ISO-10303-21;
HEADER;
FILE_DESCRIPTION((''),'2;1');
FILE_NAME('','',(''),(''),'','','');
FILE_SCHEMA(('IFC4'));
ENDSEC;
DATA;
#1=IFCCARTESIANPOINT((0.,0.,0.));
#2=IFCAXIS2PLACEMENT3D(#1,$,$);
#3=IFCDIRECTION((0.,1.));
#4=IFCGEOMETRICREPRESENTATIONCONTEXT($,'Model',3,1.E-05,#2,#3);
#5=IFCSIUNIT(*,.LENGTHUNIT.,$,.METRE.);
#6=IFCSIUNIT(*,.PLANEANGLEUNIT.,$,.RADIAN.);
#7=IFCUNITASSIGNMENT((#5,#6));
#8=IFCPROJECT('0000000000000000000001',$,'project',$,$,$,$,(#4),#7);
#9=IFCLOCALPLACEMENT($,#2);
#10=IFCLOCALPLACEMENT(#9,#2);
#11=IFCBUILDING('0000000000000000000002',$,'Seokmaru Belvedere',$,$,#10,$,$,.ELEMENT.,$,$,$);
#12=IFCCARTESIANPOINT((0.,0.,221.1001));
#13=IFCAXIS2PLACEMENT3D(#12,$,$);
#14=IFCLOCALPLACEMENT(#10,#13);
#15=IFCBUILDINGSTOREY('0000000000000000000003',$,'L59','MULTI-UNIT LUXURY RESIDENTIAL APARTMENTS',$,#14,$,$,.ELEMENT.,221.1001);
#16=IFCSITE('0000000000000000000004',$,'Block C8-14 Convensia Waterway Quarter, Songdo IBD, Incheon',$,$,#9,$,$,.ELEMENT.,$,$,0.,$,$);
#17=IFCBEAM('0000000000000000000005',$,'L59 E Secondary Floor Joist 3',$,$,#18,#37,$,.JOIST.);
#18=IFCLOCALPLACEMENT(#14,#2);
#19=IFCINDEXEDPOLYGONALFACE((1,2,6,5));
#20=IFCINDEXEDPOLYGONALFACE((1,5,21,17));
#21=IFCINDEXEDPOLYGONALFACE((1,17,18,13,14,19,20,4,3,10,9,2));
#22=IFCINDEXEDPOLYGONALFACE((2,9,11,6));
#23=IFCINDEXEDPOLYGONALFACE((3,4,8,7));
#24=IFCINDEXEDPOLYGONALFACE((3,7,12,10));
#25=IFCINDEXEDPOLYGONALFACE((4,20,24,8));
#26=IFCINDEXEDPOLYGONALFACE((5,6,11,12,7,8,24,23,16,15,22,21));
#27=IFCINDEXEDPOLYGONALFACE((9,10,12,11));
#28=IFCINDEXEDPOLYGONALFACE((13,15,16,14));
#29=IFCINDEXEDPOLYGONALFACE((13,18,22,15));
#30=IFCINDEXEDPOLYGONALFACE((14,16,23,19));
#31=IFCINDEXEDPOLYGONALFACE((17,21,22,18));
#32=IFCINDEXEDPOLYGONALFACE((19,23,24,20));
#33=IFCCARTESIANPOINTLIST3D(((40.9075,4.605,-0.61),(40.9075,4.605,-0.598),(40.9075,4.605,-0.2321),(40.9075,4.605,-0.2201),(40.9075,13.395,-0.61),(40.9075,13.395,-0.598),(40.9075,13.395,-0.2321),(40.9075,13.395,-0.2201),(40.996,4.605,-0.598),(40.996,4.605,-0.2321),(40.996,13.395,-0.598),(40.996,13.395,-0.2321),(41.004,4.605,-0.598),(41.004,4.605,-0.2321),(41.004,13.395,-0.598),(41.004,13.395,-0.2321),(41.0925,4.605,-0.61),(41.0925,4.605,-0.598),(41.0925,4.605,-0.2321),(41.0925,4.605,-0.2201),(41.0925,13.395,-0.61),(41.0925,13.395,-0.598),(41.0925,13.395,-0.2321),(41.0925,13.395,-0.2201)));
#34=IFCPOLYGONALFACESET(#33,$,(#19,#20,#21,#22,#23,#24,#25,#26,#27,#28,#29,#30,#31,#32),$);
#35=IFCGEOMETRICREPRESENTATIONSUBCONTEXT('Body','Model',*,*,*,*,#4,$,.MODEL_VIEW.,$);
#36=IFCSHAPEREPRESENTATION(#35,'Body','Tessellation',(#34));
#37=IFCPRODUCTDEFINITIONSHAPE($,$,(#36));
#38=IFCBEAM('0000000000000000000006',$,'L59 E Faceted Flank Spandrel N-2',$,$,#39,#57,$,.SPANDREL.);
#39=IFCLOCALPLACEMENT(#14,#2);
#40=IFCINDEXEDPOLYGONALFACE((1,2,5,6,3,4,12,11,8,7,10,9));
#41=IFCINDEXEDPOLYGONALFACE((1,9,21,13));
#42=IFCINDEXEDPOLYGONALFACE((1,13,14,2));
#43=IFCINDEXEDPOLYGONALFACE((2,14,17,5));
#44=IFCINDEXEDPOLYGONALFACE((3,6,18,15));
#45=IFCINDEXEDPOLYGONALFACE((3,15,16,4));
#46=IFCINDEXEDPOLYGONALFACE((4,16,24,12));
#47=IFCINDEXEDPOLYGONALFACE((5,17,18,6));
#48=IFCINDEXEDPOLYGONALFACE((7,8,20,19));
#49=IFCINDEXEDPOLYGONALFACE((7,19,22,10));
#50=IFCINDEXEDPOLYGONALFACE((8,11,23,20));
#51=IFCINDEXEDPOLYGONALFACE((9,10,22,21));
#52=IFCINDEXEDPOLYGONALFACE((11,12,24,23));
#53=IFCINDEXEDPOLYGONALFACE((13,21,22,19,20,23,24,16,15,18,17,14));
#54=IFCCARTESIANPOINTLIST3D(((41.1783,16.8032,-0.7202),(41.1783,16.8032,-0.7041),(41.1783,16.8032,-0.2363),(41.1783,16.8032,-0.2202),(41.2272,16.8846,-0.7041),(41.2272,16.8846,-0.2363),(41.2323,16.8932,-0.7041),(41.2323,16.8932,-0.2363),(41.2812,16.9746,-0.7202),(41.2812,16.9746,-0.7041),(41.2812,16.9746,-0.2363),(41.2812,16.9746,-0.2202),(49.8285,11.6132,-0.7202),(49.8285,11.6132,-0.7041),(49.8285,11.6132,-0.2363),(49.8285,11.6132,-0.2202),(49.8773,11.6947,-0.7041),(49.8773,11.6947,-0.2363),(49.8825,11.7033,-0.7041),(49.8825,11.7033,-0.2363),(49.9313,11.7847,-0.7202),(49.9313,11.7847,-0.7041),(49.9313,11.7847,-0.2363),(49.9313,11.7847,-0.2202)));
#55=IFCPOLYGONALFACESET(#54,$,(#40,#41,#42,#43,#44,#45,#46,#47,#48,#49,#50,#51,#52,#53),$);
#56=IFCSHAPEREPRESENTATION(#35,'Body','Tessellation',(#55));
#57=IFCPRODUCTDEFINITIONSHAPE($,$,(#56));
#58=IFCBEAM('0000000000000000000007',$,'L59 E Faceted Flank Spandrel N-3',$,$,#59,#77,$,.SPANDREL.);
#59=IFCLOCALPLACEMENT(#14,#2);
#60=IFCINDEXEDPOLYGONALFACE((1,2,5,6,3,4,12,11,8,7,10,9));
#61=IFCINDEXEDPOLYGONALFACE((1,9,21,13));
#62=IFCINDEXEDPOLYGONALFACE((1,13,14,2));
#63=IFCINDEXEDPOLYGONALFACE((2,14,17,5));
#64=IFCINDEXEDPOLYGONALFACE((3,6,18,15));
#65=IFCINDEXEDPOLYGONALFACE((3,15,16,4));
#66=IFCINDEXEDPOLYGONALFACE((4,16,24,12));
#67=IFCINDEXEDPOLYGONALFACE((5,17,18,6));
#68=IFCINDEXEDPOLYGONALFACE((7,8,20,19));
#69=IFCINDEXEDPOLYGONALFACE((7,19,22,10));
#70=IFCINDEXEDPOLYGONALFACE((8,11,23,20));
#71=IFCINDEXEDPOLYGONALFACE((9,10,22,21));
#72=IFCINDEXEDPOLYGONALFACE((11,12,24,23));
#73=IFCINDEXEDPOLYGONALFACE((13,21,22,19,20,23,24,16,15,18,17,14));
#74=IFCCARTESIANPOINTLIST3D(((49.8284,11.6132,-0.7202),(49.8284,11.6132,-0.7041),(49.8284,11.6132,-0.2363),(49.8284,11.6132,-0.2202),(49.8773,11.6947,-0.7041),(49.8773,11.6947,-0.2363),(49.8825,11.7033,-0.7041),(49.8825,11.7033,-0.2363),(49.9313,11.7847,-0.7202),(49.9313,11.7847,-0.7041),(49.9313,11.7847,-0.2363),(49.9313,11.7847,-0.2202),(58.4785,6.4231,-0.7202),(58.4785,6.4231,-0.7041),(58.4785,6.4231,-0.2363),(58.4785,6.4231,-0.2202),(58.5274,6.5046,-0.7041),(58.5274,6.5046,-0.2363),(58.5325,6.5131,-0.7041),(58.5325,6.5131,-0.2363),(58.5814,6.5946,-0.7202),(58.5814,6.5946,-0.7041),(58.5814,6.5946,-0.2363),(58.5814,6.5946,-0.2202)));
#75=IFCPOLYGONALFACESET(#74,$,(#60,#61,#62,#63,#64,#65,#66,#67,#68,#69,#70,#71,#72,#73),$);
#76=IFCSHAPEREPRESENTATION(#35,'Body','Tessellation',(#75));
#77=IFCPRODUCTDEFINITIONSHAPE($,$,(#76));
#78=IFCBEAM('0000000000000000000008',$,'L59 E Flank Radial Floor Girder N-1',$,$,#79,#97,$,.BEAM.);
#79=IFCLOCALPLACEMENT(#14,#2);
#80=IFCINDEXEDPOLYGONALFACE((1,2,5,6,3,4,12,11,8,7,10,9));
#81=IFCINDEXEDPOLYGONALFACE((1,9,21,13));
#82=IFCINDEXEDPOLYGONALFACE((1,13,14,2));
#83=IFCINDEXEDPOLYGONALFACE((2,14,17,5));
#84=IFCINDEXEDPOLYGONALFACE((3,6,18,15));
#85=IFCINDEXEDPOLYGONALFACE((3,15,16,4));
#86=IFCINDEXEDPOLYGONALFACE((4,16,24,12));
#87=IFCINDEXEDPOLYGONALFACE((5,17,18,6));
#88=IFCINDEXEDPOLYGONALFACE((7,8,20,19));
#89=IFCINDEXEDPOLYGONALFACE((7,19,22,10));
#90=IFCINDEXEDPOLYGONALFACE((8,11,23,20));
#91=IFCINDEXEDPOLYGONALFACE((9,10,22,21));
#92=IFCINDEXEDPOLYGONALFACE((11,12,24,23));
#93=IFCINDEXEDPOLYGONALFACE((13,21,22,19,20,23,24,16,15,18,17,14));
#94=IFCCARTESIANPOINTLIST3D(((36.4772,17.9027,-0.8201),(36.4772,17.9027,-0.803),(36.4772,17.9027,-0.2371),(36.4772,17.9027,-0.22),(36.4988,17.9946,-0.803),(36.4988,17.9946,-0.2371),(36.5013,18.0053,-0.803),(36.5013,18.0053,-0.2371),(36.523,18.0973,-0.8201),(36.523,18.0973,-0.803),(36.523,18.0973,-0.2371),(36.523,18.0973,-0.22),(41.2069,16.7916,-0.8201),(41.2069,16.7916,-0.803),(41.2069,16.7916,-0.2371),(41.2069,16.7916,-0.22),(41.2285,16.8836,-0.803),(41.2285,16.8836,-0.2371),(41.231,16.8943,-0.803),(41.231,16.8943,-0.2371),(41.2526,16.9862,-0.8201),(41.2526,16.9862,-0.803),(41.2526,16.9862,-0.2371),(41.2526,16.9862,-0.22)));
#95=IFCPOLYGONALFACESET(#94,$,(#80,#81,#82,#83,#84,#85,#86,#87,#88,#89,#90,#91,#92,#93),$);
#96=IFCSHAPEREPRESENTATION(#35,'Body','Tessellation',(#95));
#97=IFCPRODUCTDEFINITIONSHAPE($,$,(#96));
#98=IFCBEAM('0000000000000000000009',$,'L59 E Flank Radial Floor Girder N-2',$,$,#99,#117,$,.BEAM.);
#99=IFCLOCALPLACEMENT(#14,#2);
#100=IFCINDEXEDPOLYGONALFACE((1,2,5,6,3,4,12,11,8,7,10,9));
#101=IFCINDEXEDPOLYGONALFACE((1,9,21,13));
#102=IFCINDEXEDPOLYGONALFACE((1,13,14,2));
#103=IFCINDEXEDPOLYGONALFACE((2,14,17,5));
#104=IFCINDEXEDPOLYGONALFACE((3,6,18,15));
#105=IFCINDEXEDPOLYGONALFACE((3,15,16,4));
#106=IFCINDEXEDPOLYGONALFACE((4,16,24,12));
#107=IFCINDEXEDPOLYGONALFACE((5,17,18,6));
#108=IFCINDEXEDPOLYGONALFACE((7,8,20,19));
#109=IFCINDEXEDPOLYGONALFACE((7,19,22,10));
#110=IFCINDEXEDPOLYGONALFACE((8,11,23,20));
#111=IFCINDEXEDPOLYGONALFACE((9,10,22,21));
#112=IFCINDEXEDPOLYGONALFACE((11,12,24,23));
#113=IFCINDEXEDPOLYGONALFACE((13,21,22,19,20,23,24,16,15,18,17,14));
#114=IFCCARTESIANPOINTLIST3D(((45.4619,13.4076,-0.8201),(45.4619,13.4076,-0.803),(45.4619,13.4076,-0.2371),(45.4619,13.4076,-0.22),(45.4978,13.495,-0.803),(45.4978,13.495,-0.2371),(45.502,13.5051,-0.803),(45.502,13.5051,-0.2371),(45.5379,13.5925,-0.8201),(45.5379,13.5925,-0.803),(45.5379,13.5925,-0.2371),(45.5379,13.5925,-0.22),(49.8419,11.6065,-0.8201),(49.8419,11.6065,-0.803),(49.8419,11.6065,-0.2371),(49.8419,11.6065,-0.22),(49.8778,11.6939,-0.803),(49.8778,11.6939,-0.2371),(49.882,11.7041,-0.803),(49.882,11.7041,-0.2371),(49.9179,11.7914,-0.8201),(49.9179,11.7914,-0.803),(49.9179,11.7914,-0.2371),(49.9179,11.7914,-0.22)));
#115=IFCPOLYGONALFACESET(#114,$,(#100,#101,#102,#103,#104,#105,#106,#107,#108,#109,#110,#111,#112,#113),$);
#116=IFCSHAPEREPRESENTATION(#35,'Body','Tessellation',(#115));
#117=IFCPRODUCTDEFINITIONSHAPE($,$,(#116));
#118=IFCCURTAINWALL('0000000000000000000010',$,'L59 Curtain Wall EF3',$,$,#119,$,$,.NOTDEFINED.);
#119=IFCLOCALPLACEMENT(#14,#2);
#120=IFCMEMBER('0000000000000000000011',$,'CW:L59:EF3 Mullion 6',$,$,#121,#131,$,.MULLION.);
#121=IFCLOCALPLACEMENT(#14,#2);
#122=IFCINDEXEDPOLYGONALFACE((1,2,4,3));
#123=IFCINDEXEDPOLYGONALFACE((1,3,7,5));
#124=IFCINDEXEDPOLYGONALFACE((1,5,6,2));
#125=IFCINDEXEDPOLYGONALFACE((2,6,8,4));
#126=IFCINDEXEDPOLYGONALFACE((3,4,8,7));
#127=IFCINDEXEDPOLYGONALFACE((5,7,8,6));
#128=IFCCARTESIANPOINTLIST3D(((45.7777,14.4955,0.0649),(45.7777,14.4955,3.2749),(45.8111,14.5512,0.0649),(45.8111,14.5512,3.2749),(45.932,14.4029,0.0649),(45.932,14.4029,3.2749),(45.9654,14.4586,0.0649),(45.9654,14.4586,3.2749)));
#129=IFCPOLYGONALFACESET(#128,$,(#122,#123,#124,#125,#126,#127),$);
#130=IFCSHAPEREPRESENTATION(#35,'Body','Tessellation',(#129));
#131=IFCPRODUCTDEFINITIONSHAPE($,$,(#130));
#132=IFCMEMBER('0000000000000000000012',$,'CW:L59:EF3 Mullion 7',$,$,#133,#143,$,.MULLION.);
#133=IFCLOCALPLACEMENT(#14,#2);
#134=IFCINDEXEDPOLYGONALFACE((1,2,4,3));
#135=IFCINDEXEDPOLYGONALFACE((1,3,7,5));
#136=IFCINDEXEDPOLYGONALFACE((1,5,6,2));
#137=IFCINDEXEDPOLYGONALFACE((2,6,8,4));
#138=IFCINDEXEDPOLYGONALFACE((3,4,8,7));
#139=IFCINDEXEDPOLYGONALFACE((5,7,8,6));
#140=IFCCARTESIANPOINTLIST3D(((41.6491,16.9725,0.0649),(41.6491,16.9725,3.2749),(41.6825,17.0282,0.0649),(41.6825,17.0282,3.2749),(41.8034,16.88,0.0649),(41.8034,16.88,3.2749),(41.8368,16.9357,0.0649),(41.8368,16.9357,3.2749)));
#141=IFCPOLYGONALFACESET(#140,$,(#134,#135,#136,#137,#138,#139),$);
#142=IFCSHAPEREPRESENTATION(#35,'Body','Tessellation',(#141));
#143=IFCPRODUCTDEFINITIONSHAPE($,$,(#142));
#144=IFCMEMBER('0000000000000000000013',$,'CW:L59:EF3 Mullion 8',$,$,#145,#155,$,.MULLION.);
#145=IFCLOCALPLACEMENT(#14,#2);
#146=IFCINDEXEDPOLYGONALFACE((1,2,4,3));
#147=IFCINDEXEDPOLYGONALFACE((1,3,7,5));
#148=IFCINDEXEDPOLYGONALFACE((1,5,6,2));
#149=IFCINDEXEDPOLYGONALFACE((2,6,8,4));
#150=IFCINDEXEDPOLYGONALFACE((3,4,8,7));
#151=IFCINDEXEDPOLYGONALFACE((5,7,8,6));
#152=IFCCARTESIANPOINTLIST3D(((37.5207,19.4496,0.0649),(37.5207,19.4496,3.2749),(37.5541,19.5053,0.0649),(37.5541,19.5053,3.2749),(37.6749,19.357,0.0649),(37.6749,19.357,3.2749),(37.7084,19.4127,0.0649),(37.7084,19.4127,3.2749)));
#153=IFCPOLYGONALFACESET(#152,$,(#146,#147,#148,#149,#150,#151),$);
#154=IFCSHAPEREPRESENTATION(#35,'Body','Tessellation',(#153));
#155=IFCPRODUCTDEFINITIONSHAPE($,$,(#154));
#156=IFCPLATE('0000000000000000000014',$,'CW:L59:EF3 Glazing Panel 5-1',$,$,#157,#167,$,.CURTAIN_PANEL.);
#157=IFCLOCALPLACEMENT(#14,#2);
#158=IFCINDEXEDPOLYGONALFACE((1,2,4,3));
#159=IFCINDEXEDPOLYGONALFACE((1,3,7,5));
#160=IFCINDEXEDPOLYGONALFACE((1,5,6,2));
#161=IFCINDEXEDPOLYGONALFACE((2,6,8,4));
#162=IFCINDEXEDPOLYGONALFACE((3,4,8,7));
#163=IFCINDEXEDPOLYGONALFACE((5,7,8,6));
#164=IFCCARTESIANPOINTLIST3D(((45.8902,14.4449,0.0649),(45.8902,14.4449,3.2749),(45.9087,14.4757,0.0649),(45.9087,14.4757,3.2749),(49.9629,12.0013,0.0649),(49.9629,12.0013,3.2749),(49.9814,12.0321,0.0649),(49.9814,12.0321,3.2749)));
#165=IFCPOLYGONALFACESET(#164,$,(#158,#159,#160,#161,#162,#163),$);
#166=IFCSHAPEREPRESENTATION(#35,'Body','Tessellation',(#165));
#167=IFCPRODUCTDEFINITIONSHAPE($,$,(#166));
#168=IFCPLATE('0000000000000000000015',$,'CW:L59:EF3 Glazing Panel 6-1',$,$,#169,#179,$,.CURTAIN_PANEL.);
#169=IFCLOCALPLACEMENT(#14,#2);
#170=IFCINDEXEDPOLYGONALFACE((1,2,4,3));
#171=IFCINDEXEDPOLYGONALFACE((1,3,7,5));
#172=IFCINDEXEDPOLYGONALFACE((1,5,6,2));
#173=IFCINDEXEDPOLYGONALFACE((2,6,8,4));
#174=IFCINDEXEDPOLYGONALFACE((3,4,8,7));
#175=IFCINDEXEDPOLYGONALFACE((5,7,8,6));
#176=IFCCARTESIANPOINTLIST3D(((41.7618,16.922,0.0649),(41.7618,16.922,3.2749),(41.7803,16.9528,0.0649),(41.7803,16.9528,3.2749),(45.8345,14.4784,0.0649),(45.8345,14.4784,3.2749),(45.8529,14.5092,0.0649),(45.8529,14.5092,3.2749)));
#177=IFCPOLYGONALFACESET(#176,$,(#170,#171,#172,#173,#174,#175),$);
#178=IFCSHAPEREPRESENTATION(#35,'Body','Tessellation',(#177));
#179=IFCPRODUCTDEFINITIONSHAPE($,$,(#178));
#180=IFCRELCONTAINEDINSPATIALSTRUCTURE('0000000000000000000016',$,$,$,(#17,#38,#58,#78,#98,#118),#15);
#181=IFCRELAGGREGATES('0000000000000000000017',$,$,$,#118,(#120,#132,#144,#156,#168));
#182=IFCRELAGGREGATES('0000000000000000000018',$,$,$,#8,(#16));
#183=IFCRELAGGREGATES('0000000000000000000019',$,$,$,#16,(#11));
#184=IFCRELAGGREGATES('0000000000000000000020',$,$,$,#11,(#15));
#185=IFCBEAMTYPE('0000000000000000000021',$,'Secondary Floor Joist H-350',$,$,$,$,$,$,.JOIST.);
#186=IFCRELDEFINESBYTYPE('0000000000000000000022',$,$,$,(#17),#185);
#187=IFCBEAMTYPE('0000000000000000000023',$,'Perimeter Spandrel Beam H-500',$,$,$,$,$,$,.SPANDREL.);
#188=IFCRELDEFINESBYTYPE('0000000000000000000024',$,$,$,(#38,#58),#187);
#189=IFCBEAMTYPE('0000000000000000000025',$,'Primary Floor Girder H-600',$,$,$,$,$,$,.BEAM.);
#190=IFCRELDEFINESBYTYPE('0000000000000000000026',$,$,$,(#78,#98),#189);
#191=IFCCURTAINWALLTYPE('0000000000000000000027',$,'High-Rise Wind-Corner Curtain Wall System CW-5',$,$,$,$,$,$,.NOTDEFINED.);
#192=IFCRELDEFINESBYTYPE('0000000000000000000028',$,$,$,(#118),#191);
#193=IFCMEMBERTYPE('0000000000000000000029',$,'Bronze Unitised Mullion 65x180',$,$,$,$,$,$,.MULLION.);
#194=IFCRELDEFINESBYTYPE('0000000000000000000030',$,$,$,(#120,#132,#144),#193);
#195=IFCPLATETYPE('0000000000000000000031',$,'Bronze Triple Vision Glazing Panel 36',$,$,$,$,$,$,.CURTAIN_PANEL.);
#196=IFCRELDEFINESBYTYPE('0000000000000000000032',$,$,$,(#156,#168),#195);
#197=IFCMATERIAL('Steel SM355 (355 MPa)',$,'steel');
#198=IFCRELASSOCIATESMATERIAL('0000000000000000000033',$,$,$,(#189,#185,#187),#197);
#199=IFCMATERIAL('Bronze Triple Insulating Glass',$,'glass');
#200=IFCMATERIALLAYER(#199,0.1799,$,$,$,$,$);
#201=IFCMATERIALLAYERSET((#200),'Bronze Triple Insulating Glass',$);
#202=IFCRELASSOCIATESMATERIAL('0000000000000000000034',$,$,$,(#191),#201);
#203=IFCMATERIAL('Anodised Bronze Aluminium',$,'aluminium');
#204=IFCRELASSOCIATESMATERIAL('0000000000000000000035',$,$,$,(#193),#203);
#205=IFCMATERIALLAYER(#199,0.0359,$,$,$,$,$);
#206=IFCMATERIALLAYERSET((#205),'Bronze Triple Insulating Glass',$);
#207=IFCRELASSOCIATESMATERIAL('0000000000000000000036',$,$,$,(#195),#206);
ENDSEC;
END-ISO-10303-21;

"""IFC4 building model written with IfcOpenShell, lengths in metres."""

from ifc_helpers import new_model, si_unit, direction, frame, origin, origin_2d, place, context, subcontext, project, spatial, rectangle, i_section, extrude, source, transform, mapped, material, layer, layer_set, material_profile, profile_set, type_object, type_shapes, element, aggregate, save


model = new_model("IFC4")

# Units and contexts
model_context = context("Model", 3, precision=1e-05, world=origin(), true_north=direction((0.0, 1.0)))
body_context = subcontext(model_context, "Body", "Model", "MODEL_VIEW")
ifc_project = project(units=[si_unit("LENGTHUNIT", "METRE"), si_unit("PLANEANGLEUNIT", "RADIAN")], contexts=[model_context])

# Site, building, storey
site_placement = place(None, origin())
site = spatial("IfcSite", under=ifc_project, at=site_placement, Name="Block C8-14 Convensia Waterway Quarter, Songdo IBD, Incheon", CompositionType="ELEMENT", RefElevation=0.0)
building_placement = place(site_placement, origin())
building = spatial("IfcBuilding", under=site, at=building_placement, Name="Seokmaru Belvedere", CompositionType="ELEMENT")
storey_placement = place(building_placement, frame((0.0, 0.0, 221.1001)))
storey = spatial("IfcBuildingStorey", under=building, at=storey_placement, Name="L59", Description="MULTI-UNIT LUXURY RESIDENTIAL APARTMENTS", CompositionType="ELEMENT", Elevation=221.1001)

# Shared definitions
ifc_material_1 = material(Name="Steel SM355 (355 MPa)", Category="steel")

# Beams
ifc_material_profile_1 = material_profile(ifc_material_1, i_section(OverallWidth=0.2, OverallDepth=0.6001, WebThickness=0.011, FlangeThickness=0.0171, at=origin_2d()), Name="H-600x200x11x17")
ifc_profile_set_1 = profile_set([ifc_material_profile_1], Name="Steel SM355 (355 MPa)")
beam_type_1 = type_object("IfcBeamType", Name="Primary Floor Girder H-600", PredefinedType="BEAM", material=ifc_profile_set_1)
ifc_material_profile_2 = material_profile(ifc_material_1, i_section(OverallWidth=0.1851, OverallDepth=0.3899, WebThickness=0.0081, FlangeThickness=0.012, at=origin_2d()), Name="H-390x185x8x12")
ifc_profile_set_2 = profile_set([ifc_material_profile_2], Name="Steel SM355 (355 MPa)")
beam_type_2 = type_object("IfcBeamType", Name="Secondary Floor Joist H-350", PredefinedType="JOIST", material=ifc_profile_set_2)
shared_shape_1 = source(origin(), body_context, "Body", "SweptSolid", [
    extrude(i_section(OverallWidth=0.1851, OverallDepth=0.3899, WebThickness=0.0081, FlangeThickness=0.012, at=origin_2d()), origin(), (0.0, 0.0, 1.0), 8.79),
])
type_shapes(beam_type_2, [shared_shape_1])
for number, where, z_axis, x_axis, name in (
    (1, (41.0, 4.605, -0.415), (0.0, 1.0, 0.0), (-1.0, 0.0, 0.0), "L59 E Secondary Floor Joist 3"),
):
    element("IfcBeam", number, at=place(storey_placement, frame(where, z_axis=z_axis, x_axis=x_axis)), inside=storey, type_object=beam_type_2, Name=name, PredefinedType="JOIST", context=body_context, shape_type="MappedRepresentation", body=[
        mapped(shared_shape_1, transform((0.0, 0.0, 0.0), scale=1.0)),
    ])
ifc_material_profile_3 = material_profile(ifc_material_1, i_section(OverallWidth=0.2, OverallDepth=0.5, WebThickness=0.01, FlangeThickness=0.0161, at=origin_2d()), Name="H-500x200x10x16")
ifc_profile_set_3 = profile_set([ifc_material_profile_3], Name="Steel SM355 (355 MPa)")
beam_type_3 = type_object("IfcBeamType", Name="Perimeter Spandrel Beam H-500", PredefinedType="SPANDREL", material=ifc_profile_set_3)
shared_shape_2 = source(origin(), body_context, "Body", "SweptSolid", [
    extrude(i_section(OverallWidth=0.2, OverallDepth=0.5, WebThickness=0.01, FlangeThickness=0.0161, at=origin_2d()), origin(), (0.0, 0.0, 1.0), 10.0876),
])
type_shapes(beam_type_3, [shared_shape_2])
for number, where, z_axis, x_axis, name in (
    (2, (41.2297, 16.8889, -0.4702), (0.857499, -0.514485, 0.0), (0.514485, 0.857499, 0.0), "L59 E Faceted Flank Spandrel N-2"),
    (3, (49.8799, 11.699, -0.4702), (0.857489, -0.514503, 0.0), (0.514503, 0.857489, 0.0), "L59 E Faceted Flank Spandrel N-3"),
):
    element("IfcBeam", number, at=place(storey_placement, frame(where, z_axis=z_axis, x_axis=x_axis)), inside=storey, type_object=beam_type_3, Name=name, PredefinedType="SPANDREL", context=body_context, shape_type="MappedRepresentation", body=[
        mapped(shared_shape_2, transform((0.0, 0.0, 0.0), scale=1.0)),
    ])
shared_shape_3 = source(origin(), body_context, "Body", "SweptSolid", [
    extrude(i_section(OverallWidth=0.2, OverallDepth=0.6001, WebThickness=0.011, FlangeThickness=0.0171, at=origin_2d()), origin(), (0.0, 0.0, 1.0), 4.8584),
])
beam_1_placement = place(storey_placement, frame((41.2297, 16.8889, -0.52), z_axis=(-0.973499, 0.228689, 0.0), x_axis=(-0.228689, -0.973499, 0.0)))
element("IfcBeam", 4, at=beam_1_placement, inside=storey, type_object=beam_type_1, Name="L59 E Flank Radial Floor Girder N-1", PredefinedType="BEAM", context=body_context, shape_type="MappedRepresentation", body=[
    mapped(shared_shape_3, transform((0.0, 0.0, 0.0), scale=1.0)),
])
shared_shape_4 = source(origin(), body_context, "Body", "SweptSolid", [
    extrude(i_section(OverallWidth=0.2, OverallDepth=0.6001, WebThickness=0.011, FlangeThickness=0.0171, at=origin_2d()), origin(), (0.0, 0.0, 1.0), 4.7358),
])
beam_2_placement = place(storey_placement, frame((49.8799, 11.699, -0.52), z_axis=(-0.924861, 0.380306, 0.0), x_axis=(-0.380306, -0.924861, 0.0)))
element("IfcBeam", 5, at=beam_2_placement, inside=storey, type_object=beam_type_1, Name="L59 E Flank Radial Floor Girder N-2", PredefinedType="BEAM", context=body_context, shape_type="MappedRepresentation", body=[
    mapped(shared_shape_4, transform((0.0, 0.0, 0.0), scale=1.0)),
])

# Curtain wall, members, plates
ifc_material_2 = material(Name="Bronze Triple Insulating Glass", Category="glass")
ifc_layer_1 = layer(ifc_material_2, 0.1799)
ifc_layer_set_1 = layer_set([ifc_layer_1], Name="Bronze Triple Insulating Glass")
curtain_wall_type = type_object("IfcCurtainWallType", Name="High-Rise Wind-Corner Curtain Wall System CW-5", PredefinedType="NOTDEFINED", material=ifc_layer_set_1)
curtain_wall_placement = place(storey_placement, origin())
curtain_wall = element("IfcCurtainWall", 6, at=curtain_wall_placement, inside=storey, type_object=curtain_wall_type, Name="L59 Curtain Wall EF3", PredefinedType="NOTDEFINED")
ifc_material_3 = material(Name="Anodised Bronze Aluminium", Category="aluminium")
ifc_material_profile_4 = material_profile(ifc_material_3, rectangle(XDim=0.0649, YDim=0.1799, at=origin_2d()), Name="CW-M-65x180")
ifc_profile_set_4 = profile_set([ifc_material_profile_4], Name="Anodised Bronze Aluminium")
member_type = type_object("IfcMemberType", Name="Bronze Unitised Mullion 65x180", PredefinedType="MULLION", material=ifc_profile_set_4)
shared_shape_5 = source(origin(), body_context, "Body", "SweptSolid", [
    extrude(rectangle(XDim=0.0649, YDim=0.1799, at=origin_2d()), origin(), (0.0, 0.0, 1.0), 3.21),
])
type_shapes(member_type, [shared_shape_5])
member_1_placement = place(storey_placement, frame((45.8716, 14.4771, 0.0649), z_axis=(0.0, 0.0, 1.0), x_axis=(-0.514495, -0.857493, 0.0)))
member_1 = element("IfcMember", 7, at=member_1_placement, type_object=member_type, Name="CW:L59:EF3 Mullion 6", PredefinedType="MULLION", context=body_context, shape_type="MappedRepresentation", body=[
    mapped(shared_shape_5, transform((0.0, 0.0, 0.0), scale=1.0)),
])
member_2_placement = place(storey_placement, frame((41.7429, 16.9541, 0.0649), z_axis=(0.0, 0.0, 1.0), x_axis=(-0.514495, -0.857493, 0.0)))
member_2 = element("IfcMember", 8, at=member_2_placement, type_object=member_type, Name="CW:L59:EF3 Mullion 7", PredefinedType="MULLION", context=body_context, shape_type="MappedRepresentation", body=[
    mapped(shared_shape_5, transform((0.0, 0.0, 0.0), scale=1.0)),
])
member_3_placement = place(storey_placement, frame((37.6145, 19.4312, 0.0649), z_axis=(0.0, 0.0, 1.0), x_axis=(-0.514495, -0.857493, 0.0)))
member_3 = element("IfcMember", 9, at=member_3_placement, type_object=member_type, Name="CW:L59:EF3 Mullion 8", PredefinedType="MULLION", context=body_context, shape_type="MappedRepresentation", body=[
    mapped(shared_shape_5, transform((0.0, 0.0, 0.0), scale=1.0)),
])
ifc_layer_2 = layer(ifc_material_2, 0.0359)
ifc_layer_set_2 = layer_set([ifc_layer_2], Name="Bronze Triple Insulating Glass")
plate_type = type_object("IfcPlateType", Name="Bronze Triple Vision Glazing Panel 36", PredefinedType="CURTAIN_PANEL", material=ifc_layer_set_2)
shared_shape_6 = source(origin(), body_context, "Body", "SweptSolid", [
    extrude(rectangle(XDim=4.7495, YDim=0.0359, at=origin_2d()), origin(), (0.0, 0.0, 1.0), 3.21),
])
type_shapes(plate_type, [shared_shape_6])
plate_1_placement = place(storey_placement, frame((47.9358, 13.2385, 0.0649), z_axis=(0.0, 0.0, 1.0), x_axis=(-0.857493, 0.514495, 0.0)))
plate_1 = element("IfcPlate", 10, at=plate_1_placement, type_object=plate_type, Name="CW:L59:EF3 Glazing Panel 5-1", PredefinedType="CURTAIN_PANEL", context=body_context, shape_type="MappedRepresentation", body=[
    mapped(shared_shape_6, transform((0.0, 0.0, 0.0), scale=1.0)),
])
plate_2_placement = place(storey_placement, frame((43.8074, 15.7156, 0.0649), z_axis=(0.0, 0.0, 1.0), x_axis=(-0.857493, 0.514495, 0.0)))
plate_2 = element("IfcPlate", 11, at=plate_2_placement, type_object=plate_type, Name="CW:L59:EF3 Glazing Panel 6-1", PredefinedType="CURTAIN_PANEL", context=body_context, shape_type="MappedRepresentation", body=[
    mapped(shared_shape_6, transform((0.0, 0.0, 0.0), scale=1.0)),
])
aggregate(curtain_wall, [member_1, member_2, member_3, plate_1, plate_2])

save(model, "model.ifc")
